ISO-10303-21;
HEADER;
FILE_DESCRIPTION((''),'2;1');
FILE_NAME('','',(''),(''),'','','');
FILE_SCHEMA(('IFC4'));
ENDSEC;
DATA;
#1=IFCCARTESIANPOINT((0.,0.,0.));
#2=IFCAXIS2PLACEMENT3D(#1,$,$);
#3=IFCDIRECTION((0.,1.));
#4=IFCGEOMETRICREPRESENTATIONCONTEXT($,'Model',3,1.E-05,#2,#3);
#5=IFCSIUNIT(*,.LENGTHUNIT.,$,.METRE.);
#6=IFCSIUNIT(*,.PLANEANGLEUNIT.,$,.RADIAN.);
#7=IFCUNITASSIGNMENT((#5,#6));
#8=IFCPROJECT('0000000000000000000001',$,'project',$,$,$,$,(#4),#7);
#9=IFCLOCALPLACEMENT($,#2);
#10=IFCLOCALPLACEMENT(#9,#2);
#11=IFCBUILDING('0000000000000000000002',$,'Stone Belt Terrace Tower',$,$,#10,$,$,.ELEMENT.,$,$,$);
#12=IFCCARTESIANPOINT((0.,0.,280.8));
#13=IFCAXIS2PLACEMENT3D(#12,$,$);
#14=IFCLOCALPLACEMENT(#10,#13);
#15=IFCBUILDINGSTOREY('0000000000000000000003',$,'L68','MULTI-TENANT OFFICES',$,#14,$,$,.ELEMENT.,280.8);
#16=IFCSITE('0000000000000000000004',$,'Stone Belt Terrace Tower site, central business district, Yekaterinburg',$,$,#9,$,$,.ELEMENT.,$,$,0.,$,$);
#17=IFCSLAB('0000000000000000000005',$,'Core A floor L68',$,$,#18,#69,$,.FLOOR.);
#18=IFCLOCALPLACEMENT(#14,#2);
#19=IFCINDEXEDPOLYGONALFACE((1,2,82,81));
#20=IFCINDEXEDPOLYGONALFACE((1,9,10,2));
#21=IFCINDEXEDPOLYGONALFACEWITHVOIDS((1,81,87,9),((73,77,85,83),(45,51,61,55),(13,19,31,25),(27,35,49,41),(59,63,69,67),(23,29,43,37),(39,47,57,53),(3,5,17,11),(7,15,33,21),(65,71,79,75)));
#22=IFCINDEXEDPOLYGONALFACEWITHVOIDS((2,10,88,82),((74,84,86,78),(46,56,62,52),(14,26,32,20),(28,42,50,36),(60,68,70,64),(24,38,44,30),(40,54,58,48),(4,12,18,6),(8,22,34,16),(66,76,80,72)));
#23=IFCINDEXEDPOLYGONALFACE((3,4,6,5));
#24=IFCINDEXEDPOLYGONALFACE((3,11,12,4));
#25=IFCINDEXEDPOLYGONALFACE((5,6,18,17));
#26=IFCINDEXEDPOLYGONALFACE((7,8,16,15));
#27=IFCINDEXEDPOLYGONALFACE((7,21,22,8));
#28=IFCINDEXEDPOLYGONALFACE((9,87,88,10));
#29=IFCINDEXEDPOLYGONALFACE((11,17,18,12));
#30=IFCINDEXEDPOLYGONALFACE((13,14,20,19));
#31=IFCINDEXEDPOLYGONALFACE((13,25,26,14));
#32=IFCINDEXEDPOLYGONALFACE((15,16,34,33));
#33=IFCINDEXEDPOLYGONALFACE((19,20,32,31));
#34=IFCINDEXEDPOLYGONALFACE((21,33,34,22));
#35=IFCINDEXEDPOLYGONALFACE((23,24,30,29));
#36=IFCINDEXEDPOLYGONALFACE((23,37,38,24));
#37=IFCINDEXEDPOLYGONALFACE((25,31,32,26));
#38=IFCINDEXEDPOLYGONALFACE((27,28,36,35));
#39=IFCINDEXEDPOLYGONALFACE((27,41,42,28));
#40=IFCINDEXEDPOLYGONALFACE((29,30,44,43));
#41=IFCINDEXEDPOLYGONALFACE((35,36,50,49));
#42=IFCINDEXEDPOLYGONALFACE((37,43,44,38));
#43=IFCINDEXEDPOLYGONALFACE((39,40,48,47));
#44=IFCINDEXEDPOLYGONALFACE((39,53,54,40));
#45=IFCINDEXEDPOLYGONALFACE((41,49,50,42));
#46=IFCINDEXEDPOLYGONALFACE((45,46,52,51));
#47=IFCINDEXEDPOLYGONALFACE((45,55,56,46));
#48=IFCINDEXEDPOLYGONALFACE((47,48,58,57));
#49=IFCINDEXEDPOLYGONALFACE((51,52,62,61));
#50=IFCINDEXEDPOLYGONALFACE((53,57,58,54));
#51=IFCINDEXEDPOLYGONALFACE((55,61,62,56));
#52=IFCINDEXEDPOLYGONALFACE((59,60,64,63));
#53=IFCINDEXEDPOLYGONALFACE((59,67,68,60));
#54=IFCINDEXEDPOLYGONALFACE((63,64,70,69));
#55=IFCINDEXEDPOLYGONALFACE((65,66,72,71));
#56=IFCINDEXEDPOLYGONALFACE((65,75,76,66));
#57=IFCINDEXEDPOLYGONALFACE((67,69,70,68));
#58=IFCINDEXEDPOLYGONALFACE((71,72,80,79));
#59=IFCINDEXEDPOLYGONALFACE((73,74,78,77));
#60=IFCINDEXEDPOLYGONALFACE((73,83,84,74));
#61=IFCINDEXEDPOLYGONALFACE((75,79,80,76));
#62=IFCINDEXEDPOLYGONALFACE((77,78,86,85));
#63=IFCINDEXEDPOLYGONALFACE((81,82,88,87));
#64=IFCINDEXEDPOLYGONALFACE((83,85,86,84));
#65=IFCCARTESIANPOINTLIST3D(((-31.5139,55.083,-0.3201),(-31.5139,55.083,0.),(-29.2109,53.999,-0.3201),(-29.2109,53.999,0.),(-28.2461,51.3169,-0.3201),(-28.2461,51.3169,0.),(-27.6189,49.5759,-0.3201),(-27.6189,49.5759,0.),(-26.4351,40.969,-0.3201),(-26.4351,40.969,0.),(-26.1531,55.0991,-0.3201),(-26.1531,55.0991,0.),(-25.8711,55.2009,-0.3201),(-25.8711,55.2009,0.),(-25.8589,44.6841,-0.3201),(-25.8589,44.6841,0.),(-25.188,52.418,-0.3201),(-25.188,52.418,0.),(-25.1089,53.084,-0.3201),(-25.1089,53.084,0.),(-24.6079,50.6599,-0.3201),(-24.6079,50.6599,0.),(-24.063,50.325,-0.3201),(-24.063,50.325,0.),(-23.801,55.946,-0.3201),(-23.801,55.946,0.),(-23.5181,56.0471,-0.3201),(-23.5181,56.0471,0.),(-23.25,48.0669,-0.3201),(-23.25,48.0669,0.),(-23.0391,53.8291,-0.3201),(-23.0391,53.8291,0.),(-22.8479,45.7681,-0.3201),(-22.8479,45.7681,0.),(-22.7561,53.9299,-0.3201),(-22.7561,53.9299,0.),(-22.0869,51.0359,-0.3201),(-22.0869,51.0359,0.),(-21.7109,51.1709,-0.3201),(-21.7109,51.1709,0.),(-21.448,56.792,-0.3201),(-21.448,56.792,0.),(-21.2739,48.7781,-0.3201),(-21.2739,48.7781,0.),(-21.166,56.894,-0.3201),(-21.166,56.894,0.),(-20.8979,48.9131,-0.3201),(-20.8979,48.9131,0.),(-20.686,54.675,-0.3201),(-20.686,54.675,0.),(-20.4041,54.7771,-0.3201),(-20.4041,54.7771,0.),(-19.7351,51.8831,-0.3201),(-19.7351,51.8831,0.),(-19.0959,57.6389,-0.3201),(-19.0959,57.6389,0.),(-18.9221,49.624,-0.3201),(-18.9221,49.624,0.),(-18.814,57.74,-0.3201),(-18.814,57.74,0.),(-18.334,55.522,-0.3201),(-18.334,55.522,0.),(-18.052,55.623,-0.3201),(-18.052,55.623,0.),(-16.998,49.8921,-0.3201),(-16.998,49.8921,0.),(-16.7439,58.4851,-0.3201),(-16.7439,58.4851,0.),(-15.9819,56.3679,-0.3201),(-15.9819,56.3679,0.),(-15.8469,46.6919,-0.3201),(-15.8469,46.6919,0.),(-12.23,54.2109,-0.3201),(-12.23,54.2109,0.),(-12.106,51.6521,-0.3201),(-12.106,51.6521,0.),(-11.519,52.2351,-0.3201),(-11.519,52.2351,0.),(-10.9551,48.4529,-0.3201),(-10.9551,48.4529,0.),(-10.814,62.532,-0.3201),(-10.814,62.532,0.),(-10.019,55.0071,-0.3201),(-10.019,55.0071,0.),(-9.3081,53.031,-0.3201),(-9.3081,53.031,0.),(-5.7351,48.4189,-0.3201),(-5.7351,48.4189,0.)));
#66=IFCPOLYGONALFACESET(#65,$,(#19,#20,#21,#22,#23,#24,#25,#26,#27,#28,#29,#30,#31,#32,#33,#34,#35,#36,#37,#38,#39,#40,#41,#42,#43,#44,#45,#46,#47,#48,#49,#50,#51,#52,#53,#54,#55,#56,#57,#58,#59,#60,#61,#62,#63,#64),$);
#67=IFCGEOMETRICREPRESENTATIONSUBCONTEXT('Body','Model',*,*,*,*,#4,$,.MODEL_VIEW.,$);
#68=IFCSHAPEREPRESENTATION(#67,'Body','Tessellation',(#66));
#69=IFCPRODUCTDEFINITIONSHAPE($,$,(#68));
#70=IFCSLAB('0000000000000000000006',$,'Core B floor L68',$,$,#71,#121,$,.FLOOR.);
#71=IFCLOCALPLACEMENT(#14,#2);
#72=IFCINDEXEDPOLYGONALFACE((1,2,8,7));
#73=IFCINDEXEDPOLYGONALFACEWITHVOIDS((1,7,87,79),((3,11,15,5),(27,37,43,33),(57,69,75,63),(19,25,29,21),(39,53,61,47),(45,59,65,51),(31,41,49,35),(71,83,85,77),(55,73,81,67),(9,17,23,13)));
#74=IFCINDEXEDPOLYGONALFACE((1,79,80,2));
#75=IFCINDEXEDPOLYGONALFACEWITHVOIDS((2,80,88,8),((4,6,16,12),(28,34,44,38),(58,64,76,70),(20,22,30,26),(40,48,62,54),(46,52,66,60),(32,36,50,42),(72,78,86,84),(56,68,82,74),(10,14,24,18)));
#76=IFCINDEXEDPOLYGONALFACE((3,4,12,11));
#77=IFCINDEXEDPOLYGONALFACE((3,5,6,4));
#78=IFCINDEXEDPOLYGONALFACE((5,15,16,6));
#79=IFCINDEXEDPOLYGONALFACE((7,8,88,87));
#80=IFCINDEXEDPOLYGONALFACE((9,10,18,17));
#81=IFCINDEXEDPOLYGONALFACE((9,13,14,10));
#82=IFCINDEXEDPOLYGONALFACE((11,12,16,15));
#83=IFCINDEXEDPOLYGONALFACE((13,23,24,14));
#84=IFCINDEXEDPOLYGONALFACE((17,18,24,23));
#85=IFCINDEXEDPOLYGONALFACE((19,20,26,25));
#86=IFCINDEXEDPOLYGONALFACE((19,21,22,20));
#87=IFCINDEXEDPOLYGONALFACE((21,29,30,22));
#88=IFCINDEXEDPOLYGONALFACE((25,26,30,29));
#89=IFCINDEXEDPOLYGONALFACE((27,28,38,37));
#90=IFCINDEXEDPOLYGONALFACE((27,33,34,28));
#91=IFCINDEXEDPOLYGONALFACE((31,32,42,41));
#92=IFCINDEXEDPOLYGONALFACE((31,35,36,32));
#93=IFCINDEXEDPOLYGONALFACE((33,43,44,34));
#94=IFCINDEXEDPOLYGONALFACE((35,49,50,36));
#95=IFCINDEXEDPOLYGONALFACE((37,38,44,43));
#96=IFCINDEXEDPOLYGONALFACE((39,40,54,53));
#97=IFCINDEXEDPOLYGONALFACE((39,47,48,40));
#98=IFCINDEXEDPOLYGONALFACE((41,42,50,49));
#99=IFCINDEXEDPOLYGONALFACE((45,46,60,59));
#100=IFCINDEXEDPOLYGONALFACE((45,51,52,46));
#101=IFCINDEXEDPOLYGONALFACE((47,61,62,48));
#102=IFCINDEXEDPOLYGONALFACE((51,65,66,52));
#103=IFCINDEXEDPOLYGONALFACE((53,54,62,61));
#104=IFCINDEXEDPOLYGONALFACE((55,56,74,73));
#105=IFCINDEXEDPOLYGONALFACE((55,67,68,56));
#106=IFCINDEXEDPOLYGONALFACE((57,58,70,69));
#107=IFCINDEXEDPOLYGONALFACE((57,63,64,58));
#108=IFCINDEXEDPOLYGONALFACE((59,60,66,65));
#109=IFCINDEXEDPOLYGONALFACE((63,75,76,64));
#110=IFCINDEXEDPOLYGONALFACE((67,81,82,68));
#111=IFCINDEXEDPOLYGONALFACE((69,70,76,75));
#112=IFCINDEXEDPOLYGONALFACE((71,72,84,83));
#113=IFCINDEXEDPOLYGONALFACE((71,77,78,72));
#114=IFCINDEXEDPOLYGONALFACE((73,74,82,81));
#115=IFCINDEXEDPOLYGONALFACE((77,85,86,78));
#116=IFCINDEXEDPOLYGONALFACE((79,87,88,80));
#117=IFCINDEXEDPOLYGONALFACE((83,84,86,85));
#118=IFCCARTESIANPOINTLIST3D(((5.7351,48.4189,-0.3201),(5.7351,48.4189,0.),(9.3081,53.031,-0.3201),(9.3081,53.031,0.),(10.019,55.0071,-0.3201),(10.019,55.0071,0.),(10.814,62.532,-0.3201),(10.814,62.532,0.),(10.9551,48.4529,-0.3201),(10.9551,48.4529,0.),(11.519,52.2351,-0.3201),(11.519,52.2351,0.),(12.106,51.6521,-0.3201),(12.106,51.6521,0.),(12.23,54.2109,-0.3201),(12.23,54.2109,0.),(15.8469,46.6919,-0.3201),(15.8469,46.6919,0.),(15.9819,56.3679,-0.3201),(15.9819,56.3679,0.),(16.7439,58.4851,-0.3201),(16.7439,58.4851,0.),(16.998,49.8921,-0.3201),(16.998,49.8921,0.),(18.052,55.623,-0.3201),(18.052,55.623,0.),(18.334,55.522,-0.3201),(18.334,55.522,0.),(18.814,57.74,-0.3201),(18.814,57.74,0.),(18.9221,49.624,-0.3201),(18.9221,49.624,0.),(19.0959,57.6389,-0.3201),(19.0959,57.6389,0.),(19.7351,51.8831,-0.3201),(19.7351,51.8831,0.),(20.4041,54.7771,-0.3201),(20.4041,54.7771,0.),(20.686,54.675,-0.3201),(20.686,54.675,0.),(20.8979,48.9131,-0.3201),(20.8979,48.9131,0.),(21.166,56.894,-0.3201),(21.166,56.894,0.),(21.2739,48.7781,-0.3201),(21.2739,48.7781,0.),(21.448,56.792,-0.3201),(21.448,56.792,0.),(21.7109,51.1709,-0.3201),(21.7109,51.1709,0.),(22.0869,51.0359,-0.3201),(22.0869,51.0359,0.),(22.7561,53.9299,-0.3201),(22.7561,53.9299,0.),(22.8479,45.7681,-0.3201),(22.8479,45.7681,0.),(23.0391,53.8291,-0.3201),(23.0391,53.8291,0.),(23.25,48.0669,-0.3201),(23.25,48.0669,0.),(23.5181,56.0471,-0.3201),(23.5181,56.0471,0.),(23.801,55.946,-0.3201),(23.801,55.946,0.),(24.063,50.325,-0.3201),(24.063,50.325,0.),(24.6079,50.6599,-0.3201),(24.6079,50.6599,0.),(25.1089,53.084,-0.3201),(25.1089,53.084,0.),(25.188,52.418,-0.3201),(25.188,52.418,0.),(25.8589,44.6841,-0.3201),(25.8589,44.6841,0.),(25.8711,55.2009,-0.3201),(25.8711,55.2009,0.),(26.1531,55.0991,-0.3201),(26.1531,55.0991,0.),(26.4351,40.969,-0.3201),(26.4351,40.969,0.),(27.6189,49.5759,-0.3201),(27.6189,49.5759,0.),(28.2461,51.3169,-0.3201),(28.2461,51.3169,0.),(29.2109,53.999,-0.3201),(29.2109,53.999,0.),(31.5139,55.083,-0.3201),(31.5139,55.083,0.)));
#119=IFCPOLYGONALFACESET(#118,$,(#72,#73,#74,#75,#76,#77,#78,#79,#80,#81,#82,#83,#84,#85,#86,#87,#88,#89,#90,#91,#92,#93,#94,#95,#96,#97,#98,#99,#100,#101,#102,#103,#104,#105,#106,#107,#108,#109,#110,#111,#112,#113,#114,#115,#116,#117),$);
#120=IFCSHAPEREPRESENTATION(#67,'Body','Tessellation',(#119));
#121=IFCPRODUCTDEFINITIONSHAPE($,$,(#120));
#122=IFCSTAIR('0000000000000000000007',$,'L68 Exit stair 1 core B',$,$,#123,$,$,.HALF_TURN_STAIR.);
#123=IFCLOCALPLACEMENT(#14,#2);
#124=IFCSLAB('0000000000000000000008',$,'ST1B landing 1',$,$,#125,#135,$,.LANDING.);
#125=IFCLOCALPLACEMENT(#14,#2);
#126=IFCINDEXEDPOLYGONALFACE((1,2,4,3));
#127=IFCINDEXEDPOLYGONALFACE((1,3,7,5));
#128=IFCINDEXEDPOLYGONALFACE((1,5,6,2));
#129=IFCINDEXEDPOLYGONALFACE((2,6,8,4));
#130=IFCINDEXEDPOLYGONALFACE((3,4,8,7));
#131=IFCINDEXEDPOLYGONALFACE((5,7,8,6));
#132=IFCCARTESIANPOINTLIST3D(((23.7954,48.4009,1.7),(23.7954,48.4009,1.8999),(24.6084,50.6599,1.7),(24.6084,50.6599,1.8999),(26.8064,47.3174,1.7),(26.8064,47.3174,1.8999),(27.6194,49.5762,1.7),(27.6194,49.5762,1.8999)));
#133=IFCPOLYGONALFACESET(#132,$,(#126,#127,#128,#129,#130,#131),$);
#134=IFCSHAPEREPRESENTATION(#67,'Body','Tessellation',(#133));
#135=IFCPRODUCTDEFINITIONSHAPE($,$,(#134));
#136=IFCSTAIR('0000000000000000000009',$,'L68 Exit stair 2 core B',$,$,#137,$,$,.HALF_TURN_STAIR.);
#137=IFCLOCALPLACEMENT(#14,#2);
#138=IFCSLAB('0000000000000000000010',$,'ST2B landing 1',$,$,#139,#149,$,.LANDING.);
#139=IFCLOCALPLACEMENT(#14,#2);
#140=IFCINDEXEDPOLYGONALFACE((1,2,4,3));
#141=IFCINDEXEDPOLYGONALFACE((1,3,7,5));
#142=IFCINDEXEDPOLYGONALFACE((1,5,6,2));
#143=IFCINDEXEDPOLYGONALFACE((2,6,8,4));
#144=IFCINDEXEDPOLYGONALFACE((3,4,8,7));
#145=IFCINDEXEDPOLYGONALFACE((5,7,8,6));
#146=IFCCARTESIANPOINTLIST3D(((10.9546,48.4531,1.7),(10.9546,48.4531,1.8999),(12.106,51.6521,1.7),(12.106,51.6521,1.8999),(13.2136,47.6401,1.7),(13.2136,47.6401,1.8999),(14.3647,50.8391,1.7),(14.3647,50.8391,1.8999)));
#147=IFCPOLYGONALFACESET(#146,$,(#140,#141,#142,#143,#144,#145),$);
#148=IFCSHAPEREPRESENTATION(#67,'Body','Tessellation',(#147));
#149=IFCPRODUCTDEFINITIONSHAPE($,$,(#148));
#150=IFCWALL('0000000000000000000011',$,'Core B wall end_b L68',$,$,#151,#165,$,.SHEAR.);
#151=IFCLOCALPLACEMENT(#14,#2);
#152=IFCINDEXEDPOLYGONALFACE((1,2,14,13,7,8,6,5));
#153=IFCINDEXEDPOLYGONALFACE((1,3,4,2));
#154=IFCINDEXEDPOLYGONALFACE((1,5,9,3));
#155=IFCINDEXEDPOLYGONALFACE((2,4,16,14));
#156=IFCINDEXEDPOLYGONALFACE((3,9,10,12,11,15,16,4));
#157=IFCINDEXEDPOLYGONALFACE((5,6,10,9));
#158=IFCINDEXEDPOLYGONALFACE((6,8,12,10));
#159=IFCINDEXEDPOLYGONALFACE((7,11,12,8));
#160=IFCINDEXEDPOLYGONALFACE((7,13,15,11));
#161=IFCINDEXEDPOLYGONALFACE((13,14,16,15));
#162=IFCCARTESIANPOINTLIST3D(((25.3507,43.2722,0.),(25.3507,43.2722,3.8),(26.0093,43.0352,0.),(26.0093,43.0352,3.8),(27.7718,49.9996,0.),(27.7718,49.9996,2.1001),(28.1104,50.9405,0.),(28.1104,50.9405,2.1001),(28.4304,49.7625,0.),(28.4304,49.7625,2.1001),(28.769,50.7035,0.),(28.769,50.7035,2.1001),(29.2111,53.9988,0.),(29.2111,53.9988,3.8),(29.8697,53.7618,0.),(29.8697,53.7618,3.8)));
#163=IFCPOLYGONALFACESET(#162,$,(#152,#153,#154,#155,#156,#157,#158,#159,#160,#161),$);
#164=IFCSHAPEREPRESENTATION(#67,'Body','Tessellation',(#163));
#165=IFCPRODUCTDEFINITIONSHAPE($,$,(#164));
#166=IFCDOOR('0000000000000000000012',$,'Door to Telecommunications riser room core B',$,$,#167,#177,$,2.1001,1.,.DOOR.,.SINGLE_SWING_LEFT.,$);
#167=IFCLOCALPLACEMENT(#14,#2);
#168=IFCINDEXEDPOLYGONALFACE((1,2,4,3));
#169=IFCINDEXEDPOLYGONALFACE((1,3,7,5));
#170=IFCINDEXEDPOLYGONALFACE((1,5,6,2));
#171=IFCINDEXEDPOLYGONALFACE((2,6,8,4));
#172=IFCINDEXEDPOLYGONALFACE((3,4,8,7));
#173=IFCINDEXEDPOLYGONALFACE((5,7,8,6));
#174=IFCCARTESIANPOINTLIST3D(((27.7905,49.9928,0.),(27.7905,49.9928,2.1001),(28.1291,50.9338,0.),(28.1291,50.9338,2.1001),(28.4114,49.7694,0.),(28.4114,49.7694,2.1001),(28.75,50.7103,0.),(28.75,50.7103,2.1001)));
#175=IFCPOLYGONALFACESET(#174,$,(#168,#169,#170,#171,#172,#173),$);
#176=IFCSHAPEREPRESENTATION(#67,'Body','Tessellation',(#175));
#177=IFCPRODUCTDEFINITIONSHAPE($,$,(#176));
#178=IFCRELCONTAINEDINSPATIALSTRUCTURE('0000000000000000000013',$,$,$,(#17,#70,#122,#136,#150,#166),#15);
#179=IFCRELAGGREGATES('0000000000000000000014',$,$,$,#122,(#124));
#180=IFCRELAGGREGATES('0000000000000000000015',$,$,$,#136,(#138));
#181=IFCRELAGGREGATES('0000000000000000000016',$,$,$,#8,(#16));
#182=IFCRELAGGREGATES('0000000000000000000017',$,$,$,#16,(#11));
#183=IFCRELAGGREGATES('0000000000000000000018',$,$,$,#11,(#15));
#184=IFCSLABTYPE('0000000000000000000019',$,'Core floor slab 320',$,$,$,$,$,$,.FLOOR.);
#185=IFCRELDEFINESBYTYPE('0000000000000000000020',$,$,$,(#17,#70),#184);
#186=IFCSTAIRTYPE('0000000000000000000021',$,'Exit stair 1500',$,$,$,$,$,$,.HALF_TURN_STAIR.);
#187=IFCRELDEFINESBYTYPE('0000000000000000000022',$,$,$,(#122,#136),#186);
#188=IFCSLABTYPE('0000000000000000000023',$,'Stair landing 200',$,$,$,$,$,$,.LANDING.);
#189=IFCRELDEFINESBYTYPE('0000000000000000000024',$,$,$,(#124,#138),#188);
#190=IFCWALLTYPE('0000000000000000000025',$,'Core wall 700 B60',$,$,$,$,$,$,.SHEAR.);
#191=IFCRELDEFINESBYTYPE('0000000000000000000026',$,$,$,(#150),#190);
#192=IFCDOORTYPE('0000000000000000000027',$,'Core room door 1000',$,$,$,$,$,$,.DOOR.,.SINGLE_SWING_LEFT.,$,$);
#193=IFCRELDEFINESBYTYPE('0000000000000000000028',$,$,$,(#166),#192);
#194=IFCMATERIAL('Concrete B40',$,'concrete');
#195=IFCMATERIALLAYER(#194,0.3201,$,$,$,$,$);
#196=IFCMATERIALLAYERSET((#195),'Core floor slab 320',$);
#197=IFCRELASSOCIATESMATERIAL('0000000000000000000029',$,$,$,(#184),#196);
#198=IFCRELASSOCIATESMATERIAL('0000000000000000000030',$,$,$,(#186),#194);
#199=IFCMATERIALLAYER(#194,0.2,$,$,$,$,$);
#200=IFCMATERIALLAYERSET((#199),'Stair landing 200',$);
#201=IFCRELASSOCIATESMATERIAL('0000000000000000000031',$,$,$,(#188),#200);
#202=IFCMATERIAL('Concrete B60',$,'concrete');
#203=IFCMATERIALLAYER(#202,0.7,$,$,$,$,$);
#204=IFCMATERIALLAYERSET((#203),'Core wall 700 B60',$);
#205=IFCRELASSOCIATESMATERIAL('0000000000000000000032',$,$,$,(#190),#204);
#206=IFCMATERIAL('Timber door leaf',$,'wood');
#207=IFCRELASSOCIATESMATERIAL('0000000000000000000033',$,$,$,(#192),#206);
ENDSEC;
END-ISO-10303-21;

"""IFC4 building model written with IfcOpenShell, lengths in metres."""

from ifc_helpers import new_model, si_unit, direction, frame, frame_2d, origin, place, context, subcontext, project, spatial, polyline, rectangle, outline, extrude, material, layer, layer_set, type_object, element, fill, aggregate, save


model = new_model("IFC4")

# Units and contexts
model_context = context("Model", 3, precision=1e-05, world=origin(), true_north=direction((0.0, 1.0)))
body_context = subcontext(model_context, "Body", "Model", "MODEL_VIEW")
ifc_project = project(units=[si_unit("LENGTHUNIT", "METRE"), si_unit("PLANEANGLEUNIT", "RADIAN")], contexts=[model_context])

# Site, building, storey
site_placement = place(None, origin())
site = spatial("IfcSite", under=ifc_project, at=site_placement, Name="Stone Belt Terrace Tower site, central business district, Yekaterinburg", CompositionType="ELEMENT", RefElevation=0.0)
building_placement = place(site_placement, origin())
building = spatial("IfcBuilding", under=site, at=building_placement, Name="Stone Belt Terrace Tower", CompositionType="ELEMENT")
storey_placement = place(building_placement, frame((0.0, 0.0, 280.8)))
storey = spatial("IfcBuildingStorey", under=building, at=storey_placement, Name="L68", Description="MULTI-TENANT OFFICES", CompositionType="ELEMENT", Elevation=280.8)

# Shared definitions
ifc_material_1 = material(Name="Concrete B60", Category="concrete")

# Slabs
ifc_material_2 = material(Name="Concrete B40", Category="concrete")
ifc_layer_1 = layer(ifc_material_2, 0.3201)
ifc_layer_set_1 = layer_set([ifc_layer_1], Name="Core floor slab 320")
slab_type_1 = type_object("IfcSlabType", Name="Core floor slab 320", PredefinedType="FLOOR", material=ifc_layer_set_1)
slab_1_placement = place(storey_placement, frame((0.0, 0.0, -0.3201)))
element("IfcSlab", 1, at=slab_1_placement, inside=storey, type_object=slab_type_1, Name="Core A floor L68", PredefinedType="FLOOR", context=body_context, shape_type="SweptSolid", body=[
    extrude(outline(polyline([(-26.4351, 40.969), (-5.7351, 48.4189), (-10.814, 62.532), (-31.5139, 55.083), (-26.4351, 40.969)]), holes=[polyline([(-24.6079, 50.6599), (-22.8479, 45.7681), (-25.8589, 44.6841), (-27.6189, 49.5759), (-24.6079, 50.6599)]), polyline([(-10.9551, 48.4529), (-15.8469, 46.6919), (-16.998, 49.8921), (-12.106, 51.6521), (-10.9551, 48.4529)]), polyline([(-22.0869, 51.0359), (-21.2739, 48.7781), (-23.25, 48.0669), (-24.063, 50.325), (-22.0869, 51.0359)]), polyline([(-18.9221, 49.624), (-20.8979, 48.9131), (-21.7109, 51.1709), (-19.7351, 51.8831), (-18.9221, 49.624)]), polyline([(-29.2109, 53.999), (-26.1531, 55.0991), (-25.188, 52.418), (-28.2461, 51.3169), (-29.2109, 53.999)]), polyline([(-10.019, 55.0071), (-9.3081, 53.031), (-11.519, 52.2351), (-12.23, 54.2109), (-10.019, 55.0071)]), polyline([(-25.8711, 55.2009), (-23.801, 55.946), (-23.0391, 53.8291), (-25.1089, 53.084), (-25.8711, 55.2009)]), polyline([(-23.5181, 56.0471), (-21.448, 56.792), (-20.686, 54.675), (-22.7561, 53.9299), (-23.5181, 56.0471)]), polyline([(-19.0959, 57.6389), (-18.334, 55.522), (-20.4041, 54.7771), (-21.166, 56.894), (-19.0959, 57.6389)]), polyline([(-16.7439, 58.4851), (-15.9819, 56.3679), (-18.052, 55.623), (-18.814, 57.74), (-16.7439, 58.4851)])]), origin(), (0.0, 0.0, 1.0), 0.3201),
])
slab_2_placement = place(storey_placement, frame((0.0, 0.0, -0.3201)))
element("IfcSlab", 2, at=slab_2_placement, inside=storey, type_object=slab_type_1, Name="Core B floor L68", PredefinedType="FLOOR", context=body_context, shape_type="SweptSolid", body=[
    extrude(outline(polyline([(26.4351, 40.969), (31.5139, 55.083), (10.814, 62.532), (5.7351, 48.4189), (26.4351, 40.969)]), holes=[polyline([(27.6189, 49.5759), (25.8589, 44.6841), (22.8479, 45.7681), (24.6079, 50.6599), (27.6189, 49.5759)]), polyline([(12.106, 51.6521), (16.998, 49.8921), (15.8469, 46.6919), (10.9551, 48.4529), (12.106, 51.6521)]), polyline([(23.25, 48.0669), (21.2739, 48.7781), (22.0869, 51.0359), (24.063, 50.325), (23.25, 48.0669)]), polyline([(18.9221, 49.624), (19.7351, 51.8831), (21.7109, 51.1709), (20.8979, 48.9131), (18.9221, 49.624)]), polyline([(29.2109, 53.999), (28.2461, 51.3169), (25.188, 52.418), (26.1531, 55.0991), (29.2109, 53.999)]), polyline([(11.519, 52.2351), (9.3081, 53.031), (10.019, 55.0071), (12.23, 54.2109), (11.519, 52.2351)]), polyline([(23.0391, 53.8291), (23.801, 55.946), (25.8711, 55.2009), (25.1089, 53.084), (23.0391, 53.8291)]), polyline([(20.686, 54.675), (21.448, 56.792), (23.5181, 56.0471), (22.7561, 53.9299), (20.686, 54.675)]), polyline([(19.0959, 57.6389), (21.166, 56.894), (20.4041, 54.7771), (18.334, 55.522), (19.0959, 57.6389)]), polyline([(16.7439, 58.4851), (18.814, 57.74), (18.052, 55.623), (15.9819, 56.3679), (16.7439, 58.4851)])]), origin(), (0.0, 0.0, 1.0), 0.3201),
])

# Stairs, slabs
stair_type = type_object("IfcStairType", Name="Exit stair 1500", PredefinedType="HALF_TURN_STAIR", material=ifc_material_2)
stair_1_placement = place(storey_placement, origin())
stair_1 = element("IfcStair", 3, at=stair_1_placement, inside=storey, type_object=stair_type, Name="L68 Exit stair 1 core B", PredefinedType="HALF_TURN_STAIR")
ifc_layer_2 = layer(ifc_material_2, 0.2)
ifc_layer_set_2 = layer_set([ifc_layer_2], Name="Stair landing 200")
slab_type_2 = type_object("IfcSlabType", Name="Stair landing 200", PredefinedType="LANDING", material=ifc_layer_set_2)
slab_3_placement = place(storey_placement, frame((0.0, 0.0, 1.7)))
slab_3 = element("IfcSlab", 4, at=slab_3_placement, type_object=slab_type_2, Name="ST1B landing 1", PredefinedType="LANDING", context=body_context, shape_type="SweptSolid", body=[
    extrude(outline(polyline([(26.8064, 47.3174), (27.6194, 49.5762), (24.6084, 50.6599), (23.7954, 48.4009), (26.8064, 47.3174)])), origin(), (0.0, 0.0, 1.0), 0.2),
])
aggregate(stair_1, [slab_3])
stair_2_placement = place(storey_placement, origin())
stair_2 = element("IfcStair", 5, at=stair_2_placement, inside=storey, type_object=stair_type, Name="L68 Exit stair 2 core B", PredefinedType="HALF_TURN_STAIR")
slab_4_placement = place(storey_placement, frame((0.0, 0.0, 1.7)))
slab_4 = element("IfcSlab", 6, at=slab_4_placement, type_object=slab_type_2, Name="ST2B landing 1", PredefinedType="LANDING", context=body_context, shape_type="SweptSolid", body=[
    extrude(outline(polyline([(14.3647, 50.8391), (12.106, 51.6521), (10.9546, 48.4531), (13.2136, 47.6401), (14.3647, 50.8391)])), origin(), (0.0, 0.0, 1.0), 0.2),
])
aggregate(stair_2, [slab_4])

# Wall, opening, door
ifc_layer_3 = layer(ifc_material_1, 0.7)
ifc_layer_set_3 = layer_set([ifc_layer_3], Name="Core wall 700 B60")
wall_type_1 = type_object("IfcWallType", Name="Core wall 700 B60", PredefinedType="SHEAR", material=ifc_layer_set_3)
wall_1_placement = place(storey_placement, frame((25.6799, 43.1536, 0.0), z_axis=(0.0, 0.0, 1.0), x_axis=(0.338625, 0.940921, 0.0)))
wall_1 = element("IfcWall", 7, at=wall_1_placement, inside=storey, type_object=wall_type_1, Name="Core B wall end_b L68", PredefinedType="SHEAR", context=body_context, shape_type="SweptSolid", body=[
    extrude(rectangle(XDim=11.4001, YDim=0.7, at=frame_2d((5.7002, 0.0))), origin(), (0.0, 0.0, 1.0), 3.8),
])
opening_1_placement = place(wall_1_placement, frame((7.1499, 0.0, 0.0)))
opening_1 = element("IfcOpeningElement", 8, at=opening_1_placement, cuts=wall_1, PredefinedType="OPENING", context=body_context, shape_type="SweptSolid", body=[
    extrude(rectangle(XDim=1.0, YDim=2.1001, at=frame_2d((0.5, 1.05))), frame((0.0, 0.3599, 0.0), z_axis=(0.0, -1.0, 0.0), x_axis=(1.0, 0.0, 0.0)), (0.0, 0.0, 1.0), 0.72),
])
ifc_material_3 = material(Name="Timber door leaf", Category="wood")
door_type_1 = type_object("IfcDoorType", Name="Core room door 1000", OperationType="SINGLE_SWING_LEFT", PredefinedType="DOOR", material=ifc_material_3)
door_1_placement = place(opening_1_placement, origin())
door_1 = element("IfcDoor", 9, at=door_1_placement, inside=storey, type_object=door_type_1, Name="Door to Telecommunications riser room core B", OperationType="SINGLE_SWING_LEFT", OverallHeight=2.1001, OverallWidth=1.0, PredefinedType="DOOR", context=body_context, shape_type="SweptSolid", body=[
    extrude(rectangle(XDim=1.0, YDim=2.1001, at=frame_2d((0.5, 1.05))), frame((0.0, 0.3301, 0.0), z_axis=(0.0, -1.0, 0.0), x_axis=(1.0, 0.0, 0.0)), (0.0, 0.0, 1.0), 0.6599),
])
fill(opening_1, door_1)

save(model, "model.ifc")
